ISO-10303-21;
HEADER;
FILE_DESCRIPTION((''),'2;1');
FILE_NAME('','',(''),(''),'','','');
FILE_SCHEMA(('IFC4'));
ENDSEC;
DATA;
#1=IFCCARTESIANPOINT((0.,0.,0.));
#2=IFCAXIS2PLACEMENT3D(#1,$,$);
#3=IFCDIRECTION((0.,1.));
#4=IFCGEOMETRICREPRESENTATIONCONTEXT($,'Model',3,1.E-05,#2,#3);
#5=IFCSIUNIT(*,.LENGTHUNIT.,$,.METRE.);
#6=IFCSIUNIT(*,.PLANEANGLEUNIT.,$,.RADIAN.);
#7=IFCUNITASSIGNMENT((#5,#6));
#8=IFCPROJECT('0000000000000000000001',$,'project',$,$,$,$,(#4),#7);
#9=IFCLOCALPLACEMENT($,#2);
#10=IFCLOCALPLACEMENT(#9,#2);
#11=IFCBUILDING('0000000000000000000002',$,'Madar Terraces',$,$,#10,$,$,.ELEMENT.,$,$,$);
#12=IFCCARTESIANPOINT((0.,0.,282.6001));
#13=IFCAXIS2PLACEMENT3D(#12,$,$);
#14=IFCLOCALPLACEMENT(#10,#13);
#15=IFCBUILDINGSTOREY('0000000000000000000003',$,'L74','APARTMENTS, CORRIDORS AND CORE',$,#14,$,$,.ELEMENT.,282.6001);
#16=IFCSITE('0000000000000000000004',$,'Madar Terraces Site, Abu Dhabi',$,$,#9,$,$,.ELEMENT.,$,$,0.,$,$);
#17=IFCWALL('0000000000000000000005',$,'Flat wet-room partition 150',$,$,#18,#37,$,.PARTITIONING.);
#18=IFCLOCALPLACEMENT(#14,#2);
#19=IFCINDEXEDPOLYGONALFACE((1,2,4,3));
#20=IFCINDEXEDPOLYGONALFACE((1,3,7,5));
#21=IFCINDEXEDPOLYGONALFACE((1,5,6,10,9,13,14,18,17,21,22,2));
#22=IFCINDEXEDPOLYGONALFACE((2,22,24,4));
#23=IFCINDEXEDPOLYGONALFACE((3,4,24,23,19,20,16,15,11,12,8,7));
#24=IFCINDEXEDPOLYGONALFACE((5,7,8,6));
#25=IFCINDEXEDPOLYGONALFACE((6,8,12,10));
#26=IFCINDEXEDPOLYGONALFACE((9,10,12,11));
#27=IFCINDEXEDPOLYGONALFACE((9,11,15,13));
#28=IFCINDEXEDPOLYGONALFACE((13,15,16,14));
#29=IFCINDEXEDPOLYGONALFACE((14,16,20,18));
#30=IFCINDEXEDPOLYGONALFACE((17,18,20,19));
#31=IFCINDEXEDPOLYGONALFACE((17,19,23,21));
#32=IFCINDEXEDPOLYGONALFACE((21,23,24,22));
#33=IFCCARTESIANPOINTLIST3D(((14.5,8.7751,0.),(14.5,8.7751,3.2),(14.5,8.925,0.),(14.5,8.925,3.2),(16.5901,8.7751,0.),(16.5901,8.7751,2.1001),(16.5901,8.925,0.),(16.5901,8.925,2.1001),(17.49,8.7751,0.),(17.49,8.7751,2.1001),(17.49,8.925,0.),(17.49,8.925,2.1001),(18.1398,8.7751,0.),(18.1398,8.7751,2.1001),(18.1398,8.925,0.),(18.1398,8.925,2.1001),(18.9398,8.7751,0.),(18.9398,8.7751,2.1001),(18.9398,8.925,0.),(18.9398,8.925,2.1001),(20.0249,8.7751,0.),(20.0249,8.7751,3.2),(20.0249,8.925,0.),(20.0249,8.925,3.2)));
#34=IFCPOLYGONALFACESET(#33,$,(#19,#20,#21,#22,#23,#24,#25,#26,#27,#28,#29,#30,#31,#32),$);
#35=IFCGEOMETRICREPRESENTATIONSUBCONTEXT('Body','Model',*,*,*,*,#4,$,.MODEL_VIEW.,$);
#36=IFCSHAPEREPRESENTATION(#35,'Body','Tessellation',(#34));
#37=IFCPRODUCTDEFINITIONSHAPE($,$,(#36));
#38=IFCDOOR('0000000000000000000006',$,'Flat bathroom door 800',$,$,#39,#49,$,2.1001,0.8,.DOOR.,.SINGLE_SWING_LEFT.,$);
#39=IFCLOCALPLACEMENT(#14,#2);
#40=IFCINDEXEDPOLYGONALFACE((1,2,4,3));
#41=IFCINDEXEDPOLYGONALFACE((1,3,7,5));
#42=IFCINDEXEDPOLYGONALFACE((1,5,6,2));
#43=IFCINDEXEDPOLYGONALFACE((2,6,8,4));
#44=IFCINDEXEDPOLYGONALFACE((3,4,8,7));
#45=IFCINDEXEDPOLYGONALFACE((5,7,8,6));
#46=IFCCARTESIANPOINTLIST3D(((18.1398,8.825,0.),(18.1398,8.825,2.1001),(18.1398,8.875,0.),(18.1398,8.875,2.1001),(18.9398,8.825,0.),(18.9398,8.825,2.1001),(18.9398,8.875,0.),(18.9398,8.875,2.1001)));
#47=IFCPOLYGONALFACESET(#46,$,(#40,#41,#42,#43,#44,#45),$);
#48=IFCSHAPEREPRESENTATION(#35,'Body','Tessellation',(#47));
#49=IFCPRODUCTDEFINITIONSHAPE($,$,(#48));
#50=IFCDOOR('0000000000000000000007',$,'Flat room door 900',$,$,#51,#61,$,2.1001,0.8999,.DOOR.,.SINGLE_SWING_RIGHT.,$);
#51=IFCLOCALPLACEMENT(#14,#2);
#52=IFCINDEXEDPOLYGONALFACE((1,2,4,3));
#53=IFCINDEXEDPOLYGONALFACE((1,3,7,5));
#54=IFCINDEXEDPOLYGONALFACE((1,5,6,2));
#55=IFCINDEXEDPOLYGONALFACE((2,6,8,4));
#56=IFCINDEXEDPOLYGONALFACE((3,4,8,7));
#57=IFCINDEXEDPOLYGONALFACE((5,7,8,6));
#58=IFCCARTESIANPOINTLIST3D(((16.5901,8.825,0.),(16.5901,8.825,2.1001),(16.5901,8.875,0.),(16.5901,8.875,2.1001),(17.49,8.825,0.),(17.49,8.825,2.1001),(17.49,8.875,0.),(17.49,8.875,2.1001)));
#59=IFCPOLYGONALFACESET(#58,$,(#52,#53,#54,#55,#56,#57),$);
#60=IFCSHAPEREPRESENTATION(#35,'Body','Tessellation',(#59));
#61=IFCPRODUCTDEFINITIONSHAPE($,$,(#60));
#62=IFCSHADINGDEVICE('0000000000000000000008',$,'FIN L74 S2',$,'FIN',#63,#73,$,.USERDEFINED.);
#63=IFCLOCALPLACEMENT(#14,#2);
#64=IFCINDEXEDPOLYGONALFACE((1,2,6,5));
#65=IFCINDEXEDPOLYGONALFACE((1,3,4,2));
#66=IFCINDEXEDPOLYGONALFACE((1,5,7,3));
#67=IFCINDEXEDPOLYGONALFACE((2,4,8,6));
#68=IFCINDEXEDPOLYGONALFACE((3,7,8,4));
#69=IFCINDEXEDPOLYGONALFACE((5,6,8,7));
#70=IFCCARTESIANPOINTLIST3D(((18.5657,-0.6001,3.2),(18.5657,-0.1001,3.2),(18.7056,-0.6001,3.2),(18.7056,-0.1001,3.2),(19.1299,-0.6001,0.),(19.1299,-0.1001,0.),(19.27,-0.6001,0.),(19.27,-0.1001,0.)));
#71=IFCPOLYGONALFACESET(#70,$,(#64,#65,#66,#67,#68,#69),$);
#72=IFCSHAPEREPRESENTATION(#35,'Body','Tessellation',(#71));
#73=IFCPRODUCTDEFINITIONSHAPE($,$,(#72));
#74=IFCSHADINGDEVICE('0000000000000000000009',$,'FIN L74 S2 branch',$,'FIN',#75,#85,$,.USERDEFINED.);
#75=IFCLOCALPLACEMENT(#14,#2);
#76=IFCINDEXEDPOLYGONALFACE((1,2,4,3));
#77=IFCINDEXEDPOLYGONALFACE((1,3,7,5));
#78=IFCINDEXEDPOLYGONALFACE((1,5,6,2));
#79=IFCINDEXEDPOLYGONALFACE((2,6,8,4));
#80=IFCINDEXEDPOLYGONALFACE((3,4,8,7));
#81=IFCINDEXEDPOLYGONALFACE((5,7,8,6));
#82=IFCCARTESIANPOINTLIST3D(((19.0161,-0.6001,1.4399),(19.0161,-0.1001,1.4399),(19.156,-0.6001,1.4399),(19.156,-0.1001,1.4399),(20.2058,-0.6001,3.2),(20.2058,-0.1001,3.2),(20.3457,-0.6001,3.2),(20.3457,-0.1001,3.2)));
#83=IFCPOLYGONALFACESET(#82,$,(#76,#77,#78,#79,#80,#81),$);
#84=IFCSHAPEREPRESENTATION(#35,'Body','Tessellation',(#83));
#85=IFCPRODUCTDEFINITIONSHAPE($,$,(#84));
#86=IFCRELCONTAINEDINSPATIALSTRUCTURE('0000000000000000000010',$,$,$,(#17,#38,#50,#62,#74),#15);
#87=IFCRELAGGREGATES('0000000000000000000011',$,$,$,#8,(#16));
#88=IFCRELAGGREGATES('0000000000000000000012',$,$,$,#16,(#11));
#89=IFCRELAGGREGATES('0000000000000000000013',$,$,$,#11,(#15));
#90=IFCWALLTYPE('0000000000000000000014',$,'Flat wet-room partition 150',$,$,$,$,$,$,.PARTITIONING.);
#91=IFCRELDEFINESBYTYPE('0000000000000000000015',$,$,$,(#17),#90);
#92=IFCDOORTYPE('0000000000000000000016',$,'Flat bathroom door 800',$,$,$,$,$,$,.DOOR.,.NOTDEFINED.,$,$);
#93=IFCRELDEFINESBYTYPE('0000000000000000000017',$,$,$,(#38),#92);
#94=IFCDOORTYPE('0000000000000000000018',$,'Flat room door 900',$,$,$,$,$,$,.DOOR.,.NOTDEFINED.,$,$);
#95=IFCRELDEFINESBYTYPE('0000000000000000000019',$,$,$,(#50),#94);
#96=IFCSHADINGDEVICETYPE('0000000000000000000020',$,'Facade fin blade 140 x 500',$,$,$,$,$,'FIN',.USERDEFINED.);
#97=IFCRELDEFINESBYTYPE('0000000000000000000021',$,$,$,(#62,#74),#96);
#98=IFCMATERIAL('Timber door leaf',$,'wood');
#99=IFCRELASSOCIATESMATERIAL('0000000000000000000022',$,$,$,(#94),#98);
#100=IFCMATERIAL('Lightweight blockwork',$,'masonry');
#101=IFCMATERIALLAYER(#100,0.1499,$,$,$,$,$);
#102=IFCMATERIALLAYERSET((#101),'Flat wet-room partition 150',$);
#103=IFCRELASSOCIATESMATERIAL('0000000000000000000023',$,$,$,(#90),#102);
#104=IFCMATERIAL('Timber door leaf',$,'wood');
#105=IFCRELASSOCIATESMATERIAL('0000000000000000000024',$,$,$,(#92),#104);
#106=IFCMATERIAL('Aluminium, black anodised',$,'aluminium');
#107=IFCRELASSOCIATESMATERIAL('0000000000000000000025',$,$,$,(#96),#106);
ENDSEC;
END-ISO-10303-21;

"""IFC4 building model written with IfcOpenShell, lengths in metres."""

from ifc_helpers import new_model, si_unit, direction, frame, frame_2d, origin, place, context, subcontext, project, spatial, polyline, rectangle, outline, extrude, material, layer, layer_set, type_object, element, fill, save


model = new_model("IFC4")

# Units and contexts
model_context = context("Model", 3, precision=1e-05, world=origin(), true_north=direction((0.0, 1.0)))
body_context = subcontext(model_context, "Body", "Model", "MODEL_VIEW")
ifc_project = project(units=[si_unit("LENGTHUNIT", "METRE"), si_unit("PLANEANGLEUNIT", "RADIAN")], contexts=[model_context])

# Site, building, storey
site_placement = place(None, origin())
site = spatial("IfcSite", under=ifc_project, at=site_placement, Name="Madar Terraces Site, Abu Dhabi", CompositionType="ELEMENT", RefElevation=0.0)
building_placement = place(site_placement, origin())
building = spatial("IfcBuilding", under=site, at=building_placement, Name="Madar Terraces", CompositionType="ELEMENT")
storey_placement = place(building_placement, frame((0.0, 0.0, 282.6001)))
storey = spatial("IfcBuildingStorey", under=building, at=storey_placement, Name="L74", Description="APARTMENTS, CORRIDORS AND CORE", CompositionType="ELEMENT", Elevation=282.6001)

# Shared definitions
ifc_material_1 = material(Name="Timber door leaf", Category="wood")
door_type_1 = type_object("IfcDoorType", Name="Flat room door 900", OperationType="NOTDEFINED", PredefinedType="DOOR", material=ifc_material_1)

# Shared definitions
ifc_material_2 = material(Name="Lightweight blockwork", Category="masonry")
ifc_layer_1 = layer(ifc_material_2, 0.1499)
ifc_layer_set_1 = layer_set([ifc_layer_1], Name="Flat wet-room partition 150")
wall_type_1 = type_object("IfcWallType", Name="Flat wet-room partition 150", PredefinedType="PARTITIONING", material=ifc_layer_set_1)

# Wall, openings, doors
wall_1_placement = place(storey_placement, frame((14.5, 8.8501, 0.0), z_axis=(0.0, 0.0, 1.0), x_axis=(1.0, 0.0, 0.0)))
wall_1 = element("IfcWall", 1, at=wall_1_placement, inside=storey, type_object=wall_type_1, Name="Flat wet-room partition 150", PredefinedType="PARTITIONING", context=body_context, shape_type="SweptSolid", body=[
    extrude(rectangle(XDim=5.5249, YDim=0.1499, at=frame_2d((2.7625, 0.0))), origin(), (0.0, 0.0, 1.0), 3.2),
])
opening_1_placement = place(wall_1_placement, frame((3.6399, 0.0, 0.0)))
opening_1 = element("IfcOpeningElement", 2, at=opening_1_placement, cuts=wall_1, PredefinedType="OPENING", context=body_context, shape_type="SweptSolid", body=[
    extrude(rectangle(XDim=0.8, YDim=2.1001, at=frame_2d((0.3999, 1.05))), frame((0.0, 0.085, 0.0), z_axis=(0.0, -1.0, 0.0), x_axis=(1.0, 0.0, 0.0)), (0.0, 0.0, 1.0), 0.1699),
])
opening_2_placement = place(wall_1_placement, frame((2.0901, 0.0, 0.0)))
opening_2 = element("IfcOpeningElement", 3, at=opening_2_placement, cuts=wall_1, PredefinedType="OPENING", context=body_context, shape_type="SweptSolid", body=[
    extrude(rectangle(XDim=0.8999, YDim=2.1001, at=frame_2d((0.45, 1.05))), frame((0.0, 0.085, 0.0), z_axis=(0.0, -1.0, 0.0), x_axis=(1.0, 0.0, 0.0)), (0.0, 0.0, 1.0), 0.1699),
])
ifc_material_3 = material(Name="Timber door leaf", Category="wood")
door_type_2 = type_object("IfcDoorType", Name="Flat bathroom door 800", OperationType="NOTDEFINED", PredefinedType="DOOR", material=ifc_material_3)
door_1_placement = place(opening_1_placement, origin())
door_1 = element("IfcDoor", 4, at=door_1_placement, inside=storey, type_object=door_type_2, Name="Flat bathroom door 800", OperationType="SINGLE_SWING_LEFT", OverallHeight=2.1001, OverallWidth=0.8, PredefinedType="DOOR", context=body_context, shape_type="SweptSolid", body=[
    extrude(rectangle(XDim=0.8, YDim=2.1001, at=frame_2d((0.3999, 1.05))), frame((0.0, 0.0249, 0.0), z_axis=(0.0, -1.0, 0.0), x_axis=(1.0, 0.0, 0.0)), (0.0, 0.0, 1.0), 0.05),
])
fill(opening_1, door_1)
door_2_placement = place(opening_2_placement, origin())
door_2 = element("IfcDoor", 5, at=door_2_placement, inside=storey, type_object=door_type_1, Name="Flat room door 900", OperationType="SINGLE_SWING_RIGHT", OverallHeight=2.1001, OverallWidth=0.8999, PredefinedType="DOOR", context=body_context, shape_type="SweptSolid", body=[
    extrude(rectangle(XDim=0.8999, YDim=2.1001, at=frame_2d((0.45, 1.05))), frame((0.0, 0.0249, 0.0), z_axis=(0.0, -1.0, 0.0), x_axis=(1.0, 0.0, 0.0)), (0.0, 0.0, 1.0), 0.05),
])
fill(opening_2, door_2)

# Shading devices
ifc_material_4 = material(Name="Aluminium, black anodised", Category="aluminium")
shading_device_type = type_object("IfcShadingDeviceType", Name="Facade fin blade 140 x 500", ElementType="FIN", PredefinedType="USERDEFINED", material=ifc_material_4)
shading_device_1_placement = place(storey_placement, frame((19.1299, -0.3501, 0.0), z_axis=(0.0, 0.0, 1.0), x_axis=(1.0, 0.0, 0.0)))
element("IfcShadingDevice", 6, at=shading_device_1_placement, inside=storey, type_object=shading_device_type, Name="FIN L74 S2", ObjectType="FIN", PredefinedType="USERDEFINED", context=body_context, shape_type="SweptSolid", body=[
    extrude(outline(polyline([(0.0, 0.0), (0.1401, 0.0), (-0.4243, 3.2), (-0.5642, 3.2), (0.0, 0.0)])), frame((0.0, 0.25, 0.0), z_axis=(0.0, -1.0, 0.0), x_axis=(1.0, 0.0, 0.0)), (0.0, 0.0, 1.0), 0.5),
])
shading_device_2_placement = place(storey_placement, frame((19.0161, -0.3501, 1.4399), z_axis=(0.0, 0.0, 1.0), x_axis=(1.0, 0.0, 0.0)))
element("IfcShadingDevice", 7, at=shading_device_2_placement, inside=storey, type_object=shading_device_type, Name="FIN L74 S2 branch", ObjectType="FIN", PredefinedType="USERDEFINED", context=body_context, shape_type="SweptSolid", body=[
    extrude(outline(polyline([(0.0, 0.0), (0.1399, 0.0), (1.3296, 1.76), (1.1897, 1.76), (0.0, 0.0)])), frame((0.0, 0.25, 0.0), z_axis=(0.0, -1.0, 0.0), x_axis=(1.0, 0.0, 0.0)), (0.0, 0.0, 1.0), 0.5),
])

save(model, "model.ifc")
